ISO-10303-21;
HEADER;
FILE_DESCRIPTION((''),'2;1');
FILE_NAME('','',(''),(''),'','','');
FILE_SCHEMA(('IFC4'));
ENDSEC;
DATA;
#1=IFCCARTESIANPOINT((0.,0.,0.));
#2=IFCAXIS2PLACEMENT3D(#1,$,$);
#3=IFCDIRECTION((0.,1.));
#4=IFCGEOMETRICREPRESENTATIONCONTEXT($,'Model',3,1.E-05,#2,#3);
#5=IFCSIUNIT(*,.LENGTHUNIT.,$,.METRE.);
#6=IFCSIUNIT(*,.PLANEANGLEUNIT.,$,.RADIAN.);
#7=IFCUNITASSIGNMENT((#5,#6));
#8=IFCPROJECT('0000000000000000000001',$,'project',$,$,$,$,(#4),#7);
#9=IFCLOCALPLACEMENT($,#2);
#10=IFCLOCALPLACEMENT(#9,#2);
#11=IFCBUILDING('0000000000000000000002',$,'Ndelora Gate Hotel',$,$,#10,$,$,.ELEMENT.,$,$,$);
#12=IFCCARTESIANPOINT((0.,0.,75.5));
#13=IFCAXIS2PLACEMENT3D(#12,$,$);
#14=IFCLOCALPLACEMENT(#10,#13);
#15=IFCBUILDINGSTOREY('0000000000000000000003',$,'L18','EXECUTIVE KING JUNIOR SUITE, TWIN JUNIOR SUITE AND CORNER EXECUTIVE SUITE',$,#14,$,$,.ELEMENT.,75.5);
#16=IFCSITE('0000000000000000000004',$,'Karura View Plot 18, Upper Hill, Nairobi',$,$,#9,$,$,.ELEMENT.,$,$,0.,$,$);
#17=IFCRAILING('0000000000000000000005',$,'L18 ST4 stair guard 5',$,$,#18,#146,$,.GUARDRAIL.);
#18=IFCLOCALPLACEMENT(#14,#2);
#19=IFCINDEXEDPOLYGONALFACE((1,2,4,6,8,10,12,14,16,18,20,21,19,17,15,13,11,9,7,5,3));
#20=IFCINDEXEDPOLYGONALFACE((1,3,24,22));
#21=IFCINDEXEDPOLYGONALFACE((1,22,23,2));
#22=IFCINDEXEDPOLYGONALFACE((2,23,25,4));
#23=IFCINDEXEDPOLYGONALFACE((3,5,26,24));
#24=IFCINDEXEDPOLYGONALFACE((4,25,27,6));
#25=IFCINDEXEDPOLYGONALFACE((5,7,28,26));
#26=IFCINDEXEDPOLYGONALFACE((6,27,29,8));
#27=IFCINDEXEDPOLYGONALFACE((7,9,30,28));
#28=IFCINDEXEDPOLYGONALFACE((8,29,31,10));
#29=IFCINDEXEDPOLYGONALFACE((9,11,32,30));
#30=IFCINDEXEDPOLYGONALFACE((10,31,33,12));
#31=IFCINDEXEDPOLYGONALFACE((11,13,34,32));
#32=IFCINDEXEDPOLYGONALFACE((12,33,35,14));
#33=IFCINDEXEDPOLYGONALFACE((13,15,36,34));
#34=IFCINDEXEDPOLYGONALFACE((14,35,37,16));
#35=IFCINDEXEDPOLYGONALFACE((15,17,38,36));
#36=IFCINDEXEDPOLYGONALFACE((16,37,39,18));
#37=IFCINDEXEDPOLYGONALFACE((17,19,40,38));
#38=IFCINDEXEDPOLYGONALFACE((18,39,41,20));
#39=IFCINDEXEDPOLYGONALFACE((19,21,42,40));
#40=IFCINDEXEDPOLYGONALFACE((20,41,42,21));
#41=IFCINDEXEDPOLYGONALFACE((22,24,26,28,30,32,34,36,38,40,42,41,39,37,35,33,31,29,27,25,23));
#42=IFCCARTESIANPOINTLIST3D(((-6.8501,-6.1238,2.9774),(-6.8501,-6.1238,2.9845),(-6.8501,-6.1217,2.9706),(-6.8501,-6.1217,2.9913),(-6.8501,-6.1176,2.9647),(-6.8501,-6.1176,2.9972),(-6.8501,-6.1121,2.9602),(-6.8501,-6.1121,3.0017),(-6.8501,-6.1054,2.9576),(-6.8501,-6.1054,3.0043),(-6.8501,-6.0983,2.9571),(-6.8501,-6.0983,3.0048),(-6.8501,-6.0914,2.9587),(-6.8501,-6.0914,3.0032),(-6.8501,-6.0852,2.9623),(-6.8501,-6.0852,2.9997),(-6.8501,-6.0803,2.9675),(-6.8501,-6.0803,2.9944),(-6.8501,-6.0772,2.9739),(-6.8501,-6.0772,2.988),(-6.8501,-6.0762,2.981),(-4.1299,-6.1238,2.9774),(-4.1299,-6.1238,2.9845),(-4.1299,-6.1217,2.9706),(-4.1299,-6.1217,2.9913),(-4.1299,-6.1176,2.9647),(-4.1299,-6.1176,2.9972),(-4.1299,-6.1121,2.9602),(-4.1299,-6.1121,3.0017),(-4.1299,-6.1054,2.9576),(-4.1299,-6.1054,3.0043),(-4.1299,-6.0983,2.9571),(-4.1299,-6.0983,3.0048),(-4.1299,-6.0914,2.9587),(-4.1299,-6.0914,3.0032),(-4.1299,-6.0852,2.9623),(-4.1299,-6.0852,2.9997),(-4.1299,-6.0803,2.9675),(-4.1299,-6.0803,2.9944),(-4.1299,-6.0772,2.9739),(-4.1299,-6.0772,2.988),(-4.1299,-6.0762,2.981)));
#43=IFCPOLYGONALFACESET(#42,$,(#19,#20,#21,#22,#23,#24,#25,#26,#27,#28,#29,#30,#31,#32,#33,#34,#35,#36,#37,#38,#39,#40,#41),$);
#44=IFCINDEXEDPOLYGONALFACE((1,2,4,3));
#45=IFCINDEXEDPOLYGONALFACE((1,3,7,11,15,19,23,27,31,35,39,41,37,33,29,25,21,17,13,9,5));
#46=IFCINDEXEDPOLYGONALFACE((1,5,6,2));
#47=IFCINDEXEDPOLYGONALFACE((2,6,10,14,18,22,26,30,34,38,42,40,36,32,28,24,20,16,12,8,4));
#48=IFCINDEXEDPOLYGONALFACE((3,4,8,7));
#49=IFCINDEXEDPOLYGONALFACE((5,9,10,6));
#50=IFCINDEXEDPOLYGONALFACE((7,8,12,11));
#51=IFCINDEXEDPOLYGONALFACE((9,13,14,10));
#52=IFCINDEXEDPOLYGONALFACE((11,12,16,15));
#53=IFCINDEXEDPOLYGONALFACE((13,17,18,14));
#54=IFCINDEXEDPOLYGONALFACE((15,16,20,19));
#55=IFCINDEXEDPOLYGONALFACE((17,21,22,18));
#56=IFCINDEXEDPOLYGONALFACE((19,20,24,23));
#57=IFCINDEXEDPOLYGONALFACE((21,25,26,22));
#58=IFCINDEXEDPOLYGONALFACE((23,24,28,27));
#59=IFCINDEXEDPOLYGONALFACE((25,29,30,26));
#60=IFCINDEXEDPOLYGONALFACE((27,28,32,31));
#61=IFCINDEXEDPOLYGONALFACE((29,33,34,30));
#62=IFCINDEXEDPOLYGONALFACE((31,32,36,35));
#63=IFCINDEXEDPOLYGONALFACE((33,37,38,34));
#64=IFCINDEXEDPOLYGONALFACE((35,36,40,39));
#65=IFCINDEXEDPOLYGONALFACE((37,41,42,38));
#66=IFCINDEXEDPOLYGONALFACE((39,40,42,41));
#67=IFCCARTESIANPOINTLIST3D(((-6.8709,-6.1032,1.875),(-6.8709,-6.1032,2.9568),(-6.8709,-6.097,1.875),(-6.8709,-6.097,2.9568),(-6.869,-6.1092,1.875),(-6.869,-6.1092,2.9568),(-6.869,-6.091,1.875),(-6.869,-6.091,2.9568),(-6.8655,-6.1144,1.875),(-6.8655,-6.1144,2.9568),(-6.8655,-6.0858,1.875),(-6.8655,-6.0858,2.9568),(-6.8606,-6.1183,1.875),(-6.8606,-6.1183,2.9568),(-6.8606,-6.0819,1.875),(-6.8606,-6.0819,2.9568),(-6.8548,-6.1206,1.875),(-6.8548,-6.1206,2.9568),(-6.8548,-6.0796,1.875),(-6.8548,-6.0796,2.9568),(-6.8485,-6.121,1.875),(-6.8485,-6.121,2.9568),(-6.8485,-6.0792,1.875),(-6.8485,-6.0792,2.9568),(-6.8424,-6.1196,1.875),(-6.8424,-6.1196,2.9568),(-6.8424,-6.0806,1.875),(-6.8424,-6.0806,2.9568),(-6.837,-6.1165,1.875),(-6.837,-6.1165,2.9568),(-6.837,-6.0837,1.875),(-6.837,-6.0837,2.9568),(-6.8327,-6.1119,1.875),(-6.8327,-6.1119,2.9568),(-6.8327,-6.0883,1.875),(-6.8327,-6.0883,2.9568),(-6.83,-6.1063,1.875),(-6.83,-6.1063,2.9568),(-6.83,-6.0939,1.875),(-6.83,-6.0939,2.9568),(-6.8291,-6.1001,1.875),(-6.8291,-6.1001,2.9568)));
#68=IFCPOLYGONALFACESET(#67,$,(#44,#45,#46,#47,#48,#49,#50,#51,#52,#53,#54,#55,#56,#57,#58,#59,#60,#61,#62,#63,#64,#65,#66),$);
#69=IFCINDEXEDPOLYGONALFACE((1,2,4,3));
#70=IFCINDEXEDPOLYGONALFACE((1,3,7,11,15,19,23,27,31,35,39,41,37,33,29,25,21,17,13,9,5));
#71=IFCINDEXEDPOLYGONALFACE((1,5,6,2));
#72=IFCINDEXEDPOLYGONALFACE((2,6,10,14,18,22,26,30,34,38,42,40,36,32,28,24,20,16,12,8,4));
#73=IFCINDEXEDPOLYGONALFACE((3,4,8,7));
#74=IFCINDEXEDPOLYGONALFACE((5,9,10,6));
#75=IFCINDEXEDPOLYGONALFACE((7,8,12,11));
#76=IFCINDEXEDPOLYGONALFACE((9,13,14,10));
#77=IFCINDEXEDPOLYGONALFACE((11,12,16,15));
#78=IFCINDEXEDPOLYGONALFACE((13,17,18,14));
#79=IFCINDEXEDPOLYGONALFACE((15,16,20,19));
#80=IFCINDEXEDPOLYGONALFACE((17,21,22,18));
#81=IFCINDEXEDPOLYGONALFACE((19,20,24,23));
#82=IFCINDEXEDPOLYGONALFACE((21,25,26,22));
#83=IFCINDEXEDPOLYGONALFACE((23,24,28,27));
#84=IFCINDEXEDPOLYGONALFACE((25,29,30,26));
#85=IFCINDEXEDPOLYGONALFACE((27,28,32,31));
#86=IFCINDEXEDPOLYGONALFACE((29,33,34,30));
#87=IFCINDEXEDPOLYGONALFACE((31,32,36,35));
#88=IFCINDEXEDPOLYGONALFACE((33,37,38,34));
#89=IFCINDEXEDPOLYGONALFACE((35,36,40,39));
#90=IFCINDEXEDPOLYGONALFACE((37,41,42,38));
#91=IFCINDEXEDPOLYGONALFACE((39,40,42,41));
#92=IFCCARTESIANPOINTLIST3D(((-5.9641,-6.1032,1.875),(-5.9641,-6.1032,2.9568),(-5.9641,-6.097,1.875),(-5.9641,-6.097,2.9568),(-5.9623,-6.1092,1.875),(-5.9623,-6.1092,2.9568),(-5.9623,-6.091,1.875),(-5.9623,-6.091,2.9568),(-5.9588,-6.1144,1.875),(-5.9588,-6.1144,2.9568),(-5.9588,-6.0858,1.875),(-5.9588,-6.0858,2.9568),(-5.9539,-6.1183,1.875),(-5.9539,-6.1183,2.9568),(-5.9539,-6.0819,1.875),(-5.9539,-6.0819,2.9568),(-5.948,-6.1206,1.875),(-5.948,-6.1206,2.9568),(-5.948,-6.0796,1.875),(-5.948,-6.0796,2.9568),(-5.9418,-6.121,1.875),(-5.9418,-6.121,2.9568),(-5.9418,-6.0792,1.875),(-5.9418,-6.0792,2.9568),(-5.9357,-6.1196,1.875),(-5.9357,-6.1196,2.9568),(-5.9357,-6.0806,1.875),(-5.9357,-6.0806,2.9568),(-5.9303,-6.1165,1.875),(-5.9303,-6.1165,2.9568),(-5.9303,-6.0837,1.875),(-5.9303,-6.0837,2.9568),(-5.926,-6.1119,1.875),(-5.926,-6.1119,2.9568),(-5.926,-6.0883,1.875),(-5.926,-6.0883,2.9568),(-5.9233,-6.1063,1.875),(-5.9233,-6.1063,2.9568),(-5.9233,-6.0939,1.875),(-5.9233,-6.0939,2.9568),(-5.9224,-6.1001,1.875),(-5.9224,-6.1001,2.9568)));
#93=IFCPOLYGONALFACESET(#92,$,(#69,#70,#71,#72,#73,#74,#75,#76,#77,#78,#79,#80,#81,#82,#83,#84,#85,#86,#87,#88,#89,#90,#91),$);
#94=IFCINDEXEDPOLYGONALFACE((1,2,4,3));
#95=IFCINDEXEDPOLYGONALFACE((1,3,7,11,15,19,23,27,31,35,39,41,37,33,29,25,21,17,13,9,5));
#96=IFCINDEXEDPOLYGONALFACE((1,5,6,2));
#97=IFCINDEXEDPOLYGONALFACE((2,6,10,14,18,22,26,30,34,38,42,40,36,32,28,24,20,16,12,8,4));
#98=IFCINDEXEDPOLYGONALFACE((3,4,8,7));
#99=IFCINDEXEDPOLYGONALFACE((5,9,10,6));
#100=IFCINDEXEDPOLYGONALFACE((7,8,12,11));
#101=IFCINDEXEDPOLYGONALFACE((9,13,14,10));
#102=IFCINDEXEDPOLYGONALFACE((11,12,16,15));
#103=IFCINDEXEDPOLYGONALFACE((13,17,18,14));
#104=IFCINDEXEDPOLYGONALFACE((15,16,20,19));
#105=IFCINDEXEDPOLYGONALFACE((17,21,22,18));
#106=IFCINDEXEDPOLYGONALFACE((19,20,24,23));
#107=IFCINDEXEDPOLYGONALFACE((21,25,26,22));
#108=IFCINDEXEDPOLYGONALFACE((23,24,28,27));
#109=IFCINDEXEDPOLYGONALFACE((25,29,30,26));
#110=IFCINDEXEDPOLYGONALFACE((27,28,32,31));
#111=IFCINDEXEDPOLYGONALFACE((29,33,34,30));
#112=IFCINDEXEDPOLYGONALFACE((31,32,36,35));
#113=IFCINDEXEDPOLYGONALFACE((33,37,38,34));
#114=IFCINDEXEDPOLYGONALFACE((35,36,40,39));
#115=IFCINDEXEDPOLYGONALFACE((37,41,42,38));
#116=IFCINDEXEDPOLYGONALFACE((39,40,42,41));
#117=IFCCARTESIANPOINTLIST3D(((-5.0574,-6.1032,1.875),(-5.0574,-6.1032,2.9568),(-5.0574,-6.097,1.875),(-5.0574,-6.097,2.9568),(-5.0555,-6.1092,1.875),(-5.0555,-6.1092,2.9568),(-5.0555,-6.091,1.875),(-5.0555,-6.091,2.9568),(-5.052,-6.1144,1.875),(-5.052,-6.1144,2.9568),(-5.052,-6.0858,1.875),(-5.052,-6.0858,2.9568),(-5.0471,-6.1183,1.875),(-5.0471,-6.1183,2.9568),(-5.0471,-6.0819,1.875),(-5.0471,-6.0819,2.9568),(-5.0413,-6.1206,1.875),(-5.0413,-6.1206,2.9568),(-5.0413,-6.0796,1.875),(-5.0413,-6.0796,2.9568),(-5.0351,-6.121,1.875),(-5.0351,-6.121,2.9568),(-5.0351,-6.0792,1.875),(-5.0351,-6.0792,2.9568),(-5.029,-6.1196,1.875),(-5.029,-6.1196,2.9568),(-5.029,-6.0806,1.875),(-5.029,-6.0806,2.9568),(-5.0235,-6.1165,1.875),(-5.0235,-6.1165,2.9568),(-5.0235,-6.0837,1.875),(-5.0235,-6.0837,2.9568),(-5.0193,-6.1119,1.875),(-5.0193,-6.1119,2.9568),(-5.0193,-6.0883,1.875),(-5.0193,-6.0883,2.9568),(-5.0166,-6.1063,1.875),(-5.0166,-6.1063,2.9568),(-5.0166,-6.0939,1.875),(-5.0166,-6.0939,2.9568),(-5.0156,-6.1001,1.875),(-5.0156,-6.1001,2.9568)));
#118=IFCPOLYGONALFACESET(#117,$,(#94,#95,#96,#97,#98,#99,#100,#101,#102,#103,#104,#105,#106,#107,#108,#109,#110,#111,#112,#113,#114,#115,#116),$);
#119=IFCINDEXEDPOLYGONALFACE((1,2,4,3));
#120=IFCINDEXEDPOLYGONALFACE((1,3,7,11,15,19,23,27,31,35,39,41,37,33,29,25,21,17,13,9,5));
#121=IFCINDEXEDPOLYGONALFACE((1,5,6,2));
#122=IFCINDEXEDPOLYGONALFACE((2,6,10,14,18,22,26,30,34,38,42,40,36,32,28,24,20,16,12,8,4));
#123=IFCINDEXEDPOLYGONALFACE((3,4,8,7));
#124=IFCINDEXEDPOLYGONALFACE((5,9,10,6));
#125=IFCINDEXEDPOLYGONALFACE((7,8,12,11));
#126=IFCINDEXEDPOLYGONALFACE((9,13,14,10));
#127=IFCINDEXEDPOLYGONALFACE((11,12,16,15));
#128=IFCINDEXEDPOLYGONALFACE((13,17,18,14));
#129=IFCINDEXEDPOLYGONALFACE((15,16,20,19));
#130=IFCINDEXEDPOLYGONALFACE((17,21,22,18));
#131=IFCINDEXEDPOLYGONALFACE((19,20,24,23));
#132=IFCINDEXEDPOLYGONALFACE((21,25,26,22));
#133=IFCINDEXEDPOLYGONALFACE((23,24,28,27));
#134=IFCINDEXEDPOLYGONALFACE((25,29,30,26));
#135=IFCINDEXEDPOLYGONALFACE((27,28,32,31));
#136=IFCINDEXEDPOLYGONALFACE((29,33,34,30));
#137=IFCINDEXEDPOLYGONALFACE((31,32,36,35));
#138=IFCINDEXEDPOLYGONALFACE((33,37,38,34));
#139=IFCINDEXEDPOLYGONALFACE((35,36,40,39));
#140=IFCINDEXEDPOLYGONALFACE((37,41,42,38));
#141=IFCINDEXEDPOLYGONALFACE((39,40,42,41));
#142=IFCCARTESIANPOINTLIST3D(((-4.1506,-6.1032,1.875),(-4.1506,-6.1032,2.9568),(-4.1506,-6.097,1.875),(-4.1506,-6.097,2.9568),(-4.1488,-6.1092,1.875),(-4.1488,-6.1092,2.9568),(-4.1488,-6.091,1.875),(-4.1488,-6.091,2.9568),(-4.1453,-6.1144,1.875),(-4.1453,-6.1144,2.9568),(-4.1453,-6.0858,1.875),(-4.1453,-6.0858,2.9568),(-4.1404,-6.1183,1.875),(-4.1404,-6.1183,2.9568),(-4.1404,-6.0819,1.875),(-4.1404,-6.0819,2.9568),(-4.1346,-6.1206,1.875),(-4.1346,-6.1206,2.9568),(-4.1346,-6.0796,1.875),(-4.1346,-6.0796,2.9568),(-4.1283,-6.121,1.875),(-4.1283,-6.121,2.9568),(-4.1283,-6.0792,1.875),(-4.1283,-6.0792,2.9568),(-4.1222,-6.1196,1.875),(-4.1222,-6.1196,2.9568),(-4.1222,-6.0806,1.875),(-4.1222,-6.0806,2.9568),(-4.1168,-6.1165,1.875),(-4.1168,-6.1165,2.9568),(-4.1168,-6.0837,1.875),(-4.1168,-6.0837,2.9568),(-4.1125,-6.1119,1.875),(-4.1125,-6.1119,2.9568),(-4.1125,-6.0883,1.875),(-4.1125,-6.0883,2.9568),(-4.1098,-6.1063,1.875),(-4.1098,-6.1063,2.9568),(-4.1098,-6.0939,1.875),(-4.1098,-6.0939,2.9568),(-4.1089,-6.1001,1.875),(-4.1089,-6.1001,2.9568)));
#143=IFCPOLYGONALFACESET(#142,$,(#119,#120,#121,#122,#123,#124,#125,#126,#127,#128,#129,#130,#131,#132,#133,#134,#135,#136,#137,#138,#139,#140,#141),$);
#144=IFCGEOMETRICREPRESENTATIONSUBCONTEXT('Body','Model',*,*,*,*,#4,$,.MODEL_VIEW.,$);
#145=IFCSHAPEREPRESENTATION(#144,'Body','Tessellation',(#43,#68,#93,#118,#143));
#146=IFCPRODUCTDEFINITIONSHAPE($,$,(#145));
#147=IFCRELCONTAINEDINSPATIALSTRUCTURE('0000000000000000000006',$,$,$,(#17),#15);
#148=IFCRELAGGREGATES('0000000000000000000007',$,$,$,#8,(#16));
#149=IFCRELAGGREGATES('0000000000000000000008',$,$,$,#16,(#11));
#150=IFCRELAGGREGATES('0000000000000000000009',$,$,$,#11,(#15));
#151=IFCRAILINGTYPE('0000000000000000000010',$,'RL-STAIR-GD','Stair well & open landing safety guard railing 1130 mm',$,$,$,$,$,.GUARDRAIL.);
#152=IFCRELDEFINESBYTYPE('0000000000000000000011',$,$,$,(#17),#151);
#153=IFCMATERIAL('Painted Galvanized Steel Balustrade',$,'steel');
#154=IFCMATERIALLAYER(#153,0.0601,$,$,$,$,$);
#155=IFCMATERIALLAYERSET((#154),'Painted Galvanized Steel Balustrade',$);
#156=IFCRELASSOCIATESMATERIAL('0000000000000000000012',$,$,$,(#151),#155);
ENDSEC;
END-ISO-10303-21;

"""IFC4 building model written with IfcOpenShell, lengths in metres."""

from ifc_helpers import new_model, si_unit, direction, frame, origin, origin_2d, place, context, subcontext, project, spatial, circle, extrude, material, layer, layer_set, type_object, element, save


model = new_model("IFC4")

# Units and contexts
model_context = context("Model", 3, precision=1e-05, world=origin(), true_north=direction((0.0, 1.0)))
body_context = subcontext(model_context, "Body", "Model", "MODEL_VIEW")
ifc_project = project(units=[si_unit("LENGTHUNIT", "METRE"), si_unit("PLANEANGLEUNIT", "RADIAN")], contexts=[model_context])

# Site, building, storey
site_placement = place(None, origin())
site = spatial("IfcSite", under=ifc_project, at=site_placement, Name="Karura View Plot 18, Upper Hill, Nairobi", CompositionType="ELEMENT", RefElevation=0.0)
building_placement = place(site_placement, origin())
building = spatial("IfcBuilding", under=site, at=building_placement, Name="Ndelora Gate Hotel", CompositionType="ELEMENT")
storey_placement = place(building_placement, frame((0.0, 0.0, 75.5)))
storey = spatial("IfcBuildingStorey", under=building, at=storey_placement, Name="L18", Description="EXECUTIVE KING JUNIOR SUITE, TWIN JUNIOR SUITE AND CORNER EXECUTIVE SUITE", CompositionType="ELEMENT", Elevation=75.5)

# Railing
ifc_material_1 = material(Name="Painted Galvanized Steel Balustrade", Category="steel")
ifc_layer_1 = layer(ifc_material_1, 0.0601)
ifc_layer_set_1 = layer_set([ifc_layer_1], Name="Painted Galvanized Steel Balustrade")
railing_type = type_object("IfcRailingType", Name="RL-STAIR-GD", Description="Stair well & open landing safety guard railing 1130 mm", PredefinedType="GUARDRAIL", material=ifc_layer_set_1)
railing_1_placement = place(storey_placement, frame((-6.8501, -6.1001, 1.875)))
element("IfcRailing", 1, at=railing_1_placement, inside=storey, type_object=railing_type, Name="L18 ST4 stair guard 5", PredefinedType="GUARDRAIL", context=body_context, shape_type="SweptSolid", body=[
    extrude(circle(Radius=0.0239, at=origin_2d()), frame((0.0, 0.0, 1.106), z_axis=(1.0, 0.0, 0.0), x_axis=(0.0, 1.0, 0.0)), (0.0, 0.0, 1.0), 2.7202),
    extrude(circle(Radius=0.021, at=origin_2d()), origin(), (0.0, 0.0, 1.0), 1.0818),
    extrude(circle(Radius=0.021, at=origin_2d()), frame((0.9067, 0.0, 0.0)), (0.0, 0.0, 1.0), 1.0818),
    extrude(circle(Radius=0.021, at=origin_2d()), frame((1.8135, 0.0, 0.0)), (0.0, 0.0, 1.0), 1.0818),
    extrude(circle(Radius=0.021, at=origin_2d()), frame((2.7202, 0.0, 0.0)), (0.0, 0.0, 1.0), 1.0818),
])

save(model, "model.ifc")
